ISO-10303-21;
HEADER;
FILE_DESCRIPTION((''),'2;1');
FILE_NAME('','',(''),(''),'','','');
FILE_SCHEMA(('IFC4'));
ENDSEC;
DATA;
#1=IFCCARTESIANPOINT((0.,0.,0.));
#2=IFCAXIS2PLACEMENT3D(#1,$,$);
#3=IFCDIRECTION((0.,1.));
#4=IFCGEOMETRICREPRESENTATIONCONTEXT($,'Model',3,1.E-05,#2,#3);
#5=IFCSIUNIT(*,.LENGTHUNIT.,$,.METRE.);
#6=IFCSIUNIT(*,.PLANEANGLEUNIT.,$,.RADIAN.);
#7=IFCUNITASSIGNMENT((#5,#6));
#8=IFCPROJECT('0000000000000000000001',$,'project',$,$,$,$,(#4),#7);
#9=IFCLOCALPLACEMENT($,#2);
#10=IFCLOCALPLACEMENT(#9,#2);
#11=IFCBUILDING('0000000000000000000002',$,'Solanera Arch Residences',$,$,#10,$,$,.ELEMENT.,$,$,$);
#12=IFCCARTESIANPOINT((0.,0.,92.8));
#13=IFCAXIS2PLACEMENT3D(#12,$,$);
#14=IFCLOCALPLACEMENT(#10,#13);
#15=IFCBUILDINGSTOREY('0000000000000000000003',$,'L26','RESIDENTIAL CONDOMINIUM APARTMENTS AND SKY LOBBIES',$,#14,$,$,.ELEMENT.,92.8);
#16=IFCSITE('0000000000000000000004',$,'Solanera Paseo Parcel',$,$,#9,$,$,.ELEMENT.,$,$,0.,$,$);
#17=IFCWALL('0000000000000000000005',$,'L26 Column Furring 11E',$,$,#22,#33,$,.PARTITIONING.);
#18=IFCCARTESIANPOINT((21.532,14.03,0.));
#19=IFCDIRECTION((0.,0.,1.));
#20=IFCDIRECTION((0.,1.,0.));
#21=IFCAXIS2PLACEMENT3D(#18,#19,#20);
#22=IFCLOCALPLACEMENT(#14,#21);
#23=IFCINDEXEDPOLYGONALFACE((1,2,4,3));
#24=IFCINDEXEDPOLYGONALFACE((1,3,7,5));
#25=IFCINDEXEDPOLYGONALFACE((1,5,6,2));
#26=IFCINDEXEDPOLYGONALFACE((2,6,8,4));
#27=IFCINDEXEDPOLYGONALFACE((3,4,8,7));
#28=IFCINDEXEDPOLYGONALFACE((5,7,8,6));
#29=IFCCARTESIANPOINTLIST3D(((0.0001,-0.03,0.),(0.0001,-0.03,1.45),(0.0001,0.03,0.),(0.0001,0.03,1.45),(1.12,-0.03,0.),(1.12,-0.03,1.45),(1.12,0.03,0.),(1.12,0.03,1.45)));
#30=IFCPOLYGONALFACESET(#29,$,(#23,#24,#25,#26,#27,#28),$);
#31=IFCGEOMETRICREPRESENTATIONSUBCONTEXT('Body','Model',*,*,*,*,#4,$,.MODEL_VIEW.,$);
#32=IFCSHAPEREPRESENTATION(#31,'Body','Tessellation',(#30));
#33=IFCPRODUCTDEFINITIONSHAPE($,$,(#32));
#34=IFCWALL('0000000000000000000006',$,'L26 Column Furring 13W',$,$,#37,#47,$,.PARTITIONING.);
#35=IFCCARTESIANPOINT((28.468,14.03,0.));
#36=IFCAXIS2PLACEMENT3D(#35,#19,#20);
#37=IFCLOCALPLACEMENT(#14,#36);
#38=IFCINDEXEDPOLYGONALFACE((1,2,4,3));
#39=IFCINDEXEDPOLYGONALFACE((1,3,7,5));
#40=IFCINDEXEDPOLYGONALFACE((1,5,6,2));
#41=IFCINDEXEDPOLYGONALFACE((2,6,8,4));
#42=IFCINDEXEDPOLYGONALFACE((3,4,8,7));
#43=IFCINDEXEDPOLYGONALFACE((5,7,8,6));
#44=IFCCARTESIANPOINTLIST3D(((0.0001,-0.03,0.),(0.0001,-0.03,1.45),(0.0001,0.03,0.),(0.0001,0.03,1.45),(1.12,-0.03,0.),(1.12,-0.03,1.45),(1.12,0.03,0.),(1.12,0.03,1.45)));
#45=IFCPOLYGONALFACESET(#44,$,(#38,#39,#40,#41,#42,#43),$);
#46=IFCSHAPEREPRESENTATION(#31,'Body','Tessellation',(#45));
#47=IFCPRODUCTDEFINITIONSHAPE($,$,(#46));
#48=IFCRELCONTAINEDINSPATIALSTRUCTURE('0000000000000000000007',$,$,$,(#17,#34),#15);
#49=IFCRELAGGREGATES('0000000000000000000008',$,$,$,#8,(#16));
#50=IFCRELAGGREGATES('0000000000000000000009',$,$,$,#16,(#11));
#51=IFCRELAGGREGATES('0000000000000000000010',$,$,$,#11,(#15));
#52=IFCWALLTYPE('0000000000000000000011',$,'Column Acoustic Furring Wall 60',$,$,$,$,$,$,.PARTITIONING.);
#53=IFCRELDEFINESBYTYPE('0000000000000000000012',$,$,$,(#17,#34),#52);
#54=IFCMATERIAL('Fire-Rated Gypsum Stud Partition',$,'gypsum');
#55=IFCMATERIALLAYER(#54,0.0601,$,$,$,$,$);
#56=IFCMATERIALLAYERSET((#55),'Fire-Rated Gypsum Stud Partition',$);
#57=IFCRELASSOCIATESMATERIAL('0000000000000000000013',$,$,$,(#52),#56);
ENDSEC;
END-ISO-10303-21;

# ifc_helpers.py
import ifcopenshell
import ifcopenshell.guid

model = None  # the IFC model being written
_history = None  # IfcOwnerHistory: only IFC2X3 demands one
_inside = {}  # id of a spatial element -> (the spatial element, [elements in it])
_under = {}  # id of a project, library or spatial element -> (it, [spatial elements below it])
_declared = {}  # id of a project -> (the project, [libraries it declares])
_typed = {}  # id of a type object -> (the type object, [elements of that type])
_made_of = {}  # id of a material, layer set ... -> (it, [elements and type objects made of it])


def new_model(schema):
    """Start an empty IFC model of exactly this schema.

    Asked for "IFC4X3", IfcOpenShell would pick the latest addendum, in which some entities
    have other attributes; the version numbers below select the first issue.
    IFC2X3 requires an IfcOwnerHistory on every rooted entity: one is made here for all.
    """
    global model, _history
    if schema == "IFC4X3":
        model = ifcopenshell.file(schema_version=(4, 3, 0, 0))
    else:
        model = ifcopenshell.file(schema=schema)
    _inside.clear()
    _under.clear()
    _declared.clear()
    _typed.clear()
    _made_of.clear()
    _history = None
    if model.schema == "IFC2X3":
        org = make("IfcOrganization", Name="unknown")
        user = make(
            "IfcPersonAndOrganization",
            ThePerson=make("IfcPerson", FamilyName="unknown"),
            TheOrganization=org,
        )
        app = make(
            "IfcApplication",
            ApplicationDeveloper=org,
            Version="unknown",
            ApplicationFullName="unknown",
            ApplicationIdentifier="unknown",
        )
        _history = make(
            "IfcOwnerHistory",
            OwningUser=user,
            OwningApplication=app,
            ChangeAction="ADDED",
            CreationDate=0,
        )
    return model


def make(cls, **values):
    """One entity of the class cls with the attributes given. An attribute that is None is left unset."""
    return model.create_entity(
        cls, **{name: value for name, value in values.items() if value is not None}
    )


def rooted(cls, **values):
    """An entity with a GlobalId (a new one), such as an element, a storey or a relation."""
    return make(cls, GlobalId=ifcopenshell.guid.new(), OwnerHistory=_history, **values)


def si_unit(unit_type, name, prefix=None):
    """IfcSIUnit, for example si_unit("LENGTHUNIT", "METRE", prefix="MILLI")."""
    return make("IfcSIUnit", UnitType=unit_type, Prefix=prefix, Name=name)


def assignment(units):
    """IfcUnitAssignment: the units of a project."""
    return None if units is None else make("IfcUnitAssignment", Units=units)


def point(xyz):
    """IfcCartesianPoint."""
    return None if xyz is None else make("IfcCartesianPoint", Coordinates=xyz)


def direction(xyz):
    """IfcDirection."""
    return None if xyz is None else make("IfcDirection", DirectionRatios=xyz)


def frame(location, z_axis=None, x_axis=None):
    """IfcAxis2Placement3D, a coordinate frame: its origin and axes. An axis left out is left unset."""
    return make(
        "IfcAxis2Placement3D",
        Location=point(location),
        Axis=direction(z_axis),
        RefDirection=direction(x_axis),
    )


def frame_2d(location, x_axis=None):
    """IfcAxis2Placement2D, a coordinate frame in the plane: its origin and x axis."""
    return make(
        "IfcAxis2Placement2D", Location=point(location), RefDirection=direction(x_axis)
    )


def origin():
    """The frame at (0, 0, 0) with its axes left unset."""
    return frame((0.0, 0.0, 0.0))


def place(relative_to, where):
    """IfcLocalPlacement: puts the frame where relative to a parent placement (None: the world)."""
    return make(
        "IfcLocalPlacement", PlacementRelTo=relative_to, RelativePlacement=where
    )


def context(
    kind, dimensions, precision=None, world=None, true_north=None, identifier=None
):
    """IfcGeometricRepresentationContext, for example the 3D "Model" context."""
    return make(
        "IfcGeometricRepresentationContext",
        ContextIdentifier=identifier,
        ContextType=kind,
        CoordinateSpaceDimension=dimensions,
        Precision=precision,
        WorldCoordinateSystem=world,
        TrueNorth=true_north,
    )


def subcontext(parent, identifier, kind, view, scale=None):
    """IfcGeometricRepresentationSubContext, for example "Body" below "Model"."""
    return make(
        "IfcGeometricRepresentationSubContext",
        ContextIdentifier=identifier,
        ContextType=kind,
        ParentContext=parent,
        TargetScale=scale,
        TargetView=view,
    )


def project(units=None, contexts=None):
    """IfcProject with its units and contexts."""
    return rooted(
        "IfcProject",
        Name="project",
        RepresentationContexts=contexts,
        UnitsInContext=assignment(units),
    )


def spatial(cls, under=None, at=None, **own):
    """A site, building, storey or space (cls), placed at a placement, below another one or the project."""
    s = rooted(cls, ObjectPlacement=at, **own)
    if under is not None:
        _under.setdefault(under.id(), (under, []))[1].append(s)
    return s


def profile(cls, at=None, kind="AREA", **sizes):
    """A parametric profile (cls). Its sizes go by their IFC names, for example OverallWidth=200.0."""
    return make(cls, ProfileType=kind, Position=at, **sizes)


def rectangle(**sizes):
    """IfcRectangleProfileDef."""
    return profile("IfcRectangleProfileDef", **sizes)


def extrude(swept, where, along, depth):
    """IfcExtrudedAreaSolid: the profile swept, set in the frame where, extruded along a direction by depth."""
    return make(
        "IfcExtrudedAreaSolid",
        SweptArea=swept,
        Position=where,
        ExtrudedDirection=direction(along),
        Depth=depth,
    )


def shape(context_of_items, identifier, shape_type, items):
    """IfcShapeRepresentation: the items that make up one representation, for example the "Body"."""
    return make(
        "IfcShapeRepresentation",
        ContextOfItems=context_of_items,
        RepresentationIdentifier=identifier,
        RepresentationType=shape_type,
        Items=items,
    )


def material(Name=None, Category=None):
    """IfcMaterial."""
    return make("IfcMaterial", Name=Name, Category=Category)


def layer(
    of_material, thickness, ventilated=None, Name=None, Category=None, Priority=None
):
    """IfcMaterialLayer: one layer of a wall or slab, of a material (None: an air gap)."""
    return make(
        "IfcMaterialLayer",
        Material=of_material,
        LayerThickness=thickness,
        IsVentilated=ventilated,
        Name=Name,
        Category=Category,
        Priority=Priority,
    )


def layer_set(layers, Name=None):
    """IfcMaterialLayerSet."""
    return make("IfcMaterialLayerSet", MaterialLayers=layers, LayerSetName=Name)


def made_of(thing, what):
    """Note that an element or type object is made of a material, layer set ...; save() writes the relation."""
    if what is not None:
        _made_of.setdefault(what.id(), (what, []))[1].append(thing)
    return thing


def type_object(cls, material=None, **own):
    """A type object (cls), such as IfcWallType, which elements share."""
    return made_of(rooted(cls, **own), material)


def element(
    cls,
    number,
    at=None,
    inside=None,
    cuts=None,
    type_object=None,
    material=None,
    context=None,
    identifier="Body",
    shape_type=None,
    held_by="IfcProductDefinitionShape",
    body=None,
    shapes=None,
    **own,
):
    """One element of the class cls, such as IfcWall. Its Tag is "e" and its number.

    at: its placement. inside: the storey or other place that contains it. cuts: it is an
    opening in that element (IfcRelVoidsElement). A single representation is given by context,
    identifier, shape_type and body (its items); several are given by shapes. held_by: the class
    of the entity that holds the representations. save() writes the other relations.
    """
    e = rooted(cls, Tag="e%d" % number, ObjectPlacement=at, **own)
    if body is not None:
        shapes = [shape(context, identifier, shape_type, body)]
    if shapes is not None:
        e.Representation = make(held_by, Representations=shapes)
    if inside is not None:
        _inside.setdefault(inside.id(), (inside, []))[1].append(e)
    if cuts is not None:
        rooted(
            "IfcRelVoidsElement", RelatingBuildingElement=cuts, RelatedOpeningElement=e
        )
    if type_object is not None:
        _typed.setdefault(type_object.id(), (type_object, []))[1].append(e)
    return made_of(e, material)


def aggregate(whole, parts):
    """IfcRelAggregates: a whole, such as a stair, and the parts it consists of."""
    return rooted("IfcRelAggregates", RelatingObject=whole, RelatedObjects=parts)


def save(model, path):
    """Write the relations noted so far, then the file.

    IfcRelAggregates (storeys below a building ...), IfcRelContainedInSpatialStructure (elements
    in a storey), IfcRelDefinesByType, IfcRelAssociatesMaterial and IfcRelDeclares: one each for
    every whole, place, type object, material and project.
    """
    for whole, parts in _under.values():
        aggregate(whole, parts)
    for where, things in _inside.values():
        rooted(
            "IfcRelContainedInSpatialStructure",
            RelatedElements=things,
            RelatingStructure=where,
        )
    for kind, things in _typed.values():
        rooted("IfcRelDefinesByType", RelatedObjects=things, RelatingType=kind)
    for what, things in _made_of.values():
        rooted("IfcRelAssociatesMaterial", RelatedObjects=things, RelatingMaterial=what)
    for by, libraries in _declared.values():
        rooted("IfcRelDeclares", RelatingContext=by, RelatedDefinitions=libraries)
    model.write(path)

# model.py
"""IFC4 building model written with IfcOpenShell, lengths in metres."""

from ifc_helpers import new_model, si_unit, direction, frame, frame_2d, origin, place, context, subcontext, project, spatial, rectangle, extrude, material, layer, layer_set, type_object, element, save


model = new_model("IFC4")

# Units and contexts
model_context = context("Model", 3, precision=1e-05, world=origin(), true_north=direction((0.0, 1.0)))
body_context = subcontext(model_context, "Body", "Model", "MODEL_VIEW")
ifc_project = project(units=[si_unit("LENGTHUNIT", "METRE"), si_unit("PLANEANGLEUNIT", "RADIAN")], contexts=[model_context])

# Site, building, storey
site_placement = place(None, origin())
site = spatial("IfcSite", under=ifc_project, at=site_placement, Name="Solanera Paseo Parcel", CompositionType="ELEMENT", RefElevation=0.0)
building_placement = place(site_placement, origin())
building = spatial("IfcBuilding", under=site, at=building_placement, Name="Solanera Arch Residences", CompositionType="ELEMENT")
storey_placement = place(building_placement, frame((0.0, 0.0, 92.8)))
storey = spatial("IfcBuildingStorey", under=building, at=storey_placement, Name="L26", Description="RESIDENTIAL CONDOMINIUM APARTMENTS AND SKY LOBBIES", CompositionType="ELEMENT", Elevation=92.8)

# Walls
ifc_material_1 = material(Name="Fire-Rated Gypsum Stud Partition", Category="gypsum")
ifc_layer_1 = layer(ifc_material_1, 0.0601)
ifc_layer_set_1 = layer_set([ifc_layer_1], Name="Fire-Rated Gypsum Stud Partition")
wall_type_1 = type_object("IfcWallType", Name="Column Acoustic Furring Wall 60", PredefinedType="PARTITIONING", material=ifc_layer_set_1)
wall_1_placement = place(storey_placement, frame((21.532, 14.03, 0.0), z_axis=(0.0, 0.0, 1.0), x_axis=(0.0, 1.0, 0.0)))
element("IfcWall", 1, at=wall_1_placement, inside=storey, type_object=wall_type_1, Name="L26 Column Furring 11E", PredefinedType="PARTITIONING", context=body_context, shape_type="SweptSolid", body=[
    extrude(rectangle(XDim=1.1199, YDim=0.0601, at=frame_2d((0.5601, 0.0))), origin(), (0.0, 0.0, 1.0), 1.45),
])
wall_2_placement = place(storey_placement, frame((28.468, 14.03, 0.0), z_axis=(0.0, 0.0, 1.0), x_axis=(0.0, 1.0, 0.0)))
element("IfcWall", 2, at=wall_2_placement, inside=storey, type_object=wall_type_1, Name="L26 Column Furring 13W", PredefinedType="PARTITIONING", context=body_context, shape_type="SweptSolid", body=[
    extrude(rectangle(XDim=1.1199, YDim=0.0601, at=frame_2d((0.5601, 0.0))), origin(), (0.0, 0.0, 1.0), 1.45),
])

save(model, "model.ifc")
